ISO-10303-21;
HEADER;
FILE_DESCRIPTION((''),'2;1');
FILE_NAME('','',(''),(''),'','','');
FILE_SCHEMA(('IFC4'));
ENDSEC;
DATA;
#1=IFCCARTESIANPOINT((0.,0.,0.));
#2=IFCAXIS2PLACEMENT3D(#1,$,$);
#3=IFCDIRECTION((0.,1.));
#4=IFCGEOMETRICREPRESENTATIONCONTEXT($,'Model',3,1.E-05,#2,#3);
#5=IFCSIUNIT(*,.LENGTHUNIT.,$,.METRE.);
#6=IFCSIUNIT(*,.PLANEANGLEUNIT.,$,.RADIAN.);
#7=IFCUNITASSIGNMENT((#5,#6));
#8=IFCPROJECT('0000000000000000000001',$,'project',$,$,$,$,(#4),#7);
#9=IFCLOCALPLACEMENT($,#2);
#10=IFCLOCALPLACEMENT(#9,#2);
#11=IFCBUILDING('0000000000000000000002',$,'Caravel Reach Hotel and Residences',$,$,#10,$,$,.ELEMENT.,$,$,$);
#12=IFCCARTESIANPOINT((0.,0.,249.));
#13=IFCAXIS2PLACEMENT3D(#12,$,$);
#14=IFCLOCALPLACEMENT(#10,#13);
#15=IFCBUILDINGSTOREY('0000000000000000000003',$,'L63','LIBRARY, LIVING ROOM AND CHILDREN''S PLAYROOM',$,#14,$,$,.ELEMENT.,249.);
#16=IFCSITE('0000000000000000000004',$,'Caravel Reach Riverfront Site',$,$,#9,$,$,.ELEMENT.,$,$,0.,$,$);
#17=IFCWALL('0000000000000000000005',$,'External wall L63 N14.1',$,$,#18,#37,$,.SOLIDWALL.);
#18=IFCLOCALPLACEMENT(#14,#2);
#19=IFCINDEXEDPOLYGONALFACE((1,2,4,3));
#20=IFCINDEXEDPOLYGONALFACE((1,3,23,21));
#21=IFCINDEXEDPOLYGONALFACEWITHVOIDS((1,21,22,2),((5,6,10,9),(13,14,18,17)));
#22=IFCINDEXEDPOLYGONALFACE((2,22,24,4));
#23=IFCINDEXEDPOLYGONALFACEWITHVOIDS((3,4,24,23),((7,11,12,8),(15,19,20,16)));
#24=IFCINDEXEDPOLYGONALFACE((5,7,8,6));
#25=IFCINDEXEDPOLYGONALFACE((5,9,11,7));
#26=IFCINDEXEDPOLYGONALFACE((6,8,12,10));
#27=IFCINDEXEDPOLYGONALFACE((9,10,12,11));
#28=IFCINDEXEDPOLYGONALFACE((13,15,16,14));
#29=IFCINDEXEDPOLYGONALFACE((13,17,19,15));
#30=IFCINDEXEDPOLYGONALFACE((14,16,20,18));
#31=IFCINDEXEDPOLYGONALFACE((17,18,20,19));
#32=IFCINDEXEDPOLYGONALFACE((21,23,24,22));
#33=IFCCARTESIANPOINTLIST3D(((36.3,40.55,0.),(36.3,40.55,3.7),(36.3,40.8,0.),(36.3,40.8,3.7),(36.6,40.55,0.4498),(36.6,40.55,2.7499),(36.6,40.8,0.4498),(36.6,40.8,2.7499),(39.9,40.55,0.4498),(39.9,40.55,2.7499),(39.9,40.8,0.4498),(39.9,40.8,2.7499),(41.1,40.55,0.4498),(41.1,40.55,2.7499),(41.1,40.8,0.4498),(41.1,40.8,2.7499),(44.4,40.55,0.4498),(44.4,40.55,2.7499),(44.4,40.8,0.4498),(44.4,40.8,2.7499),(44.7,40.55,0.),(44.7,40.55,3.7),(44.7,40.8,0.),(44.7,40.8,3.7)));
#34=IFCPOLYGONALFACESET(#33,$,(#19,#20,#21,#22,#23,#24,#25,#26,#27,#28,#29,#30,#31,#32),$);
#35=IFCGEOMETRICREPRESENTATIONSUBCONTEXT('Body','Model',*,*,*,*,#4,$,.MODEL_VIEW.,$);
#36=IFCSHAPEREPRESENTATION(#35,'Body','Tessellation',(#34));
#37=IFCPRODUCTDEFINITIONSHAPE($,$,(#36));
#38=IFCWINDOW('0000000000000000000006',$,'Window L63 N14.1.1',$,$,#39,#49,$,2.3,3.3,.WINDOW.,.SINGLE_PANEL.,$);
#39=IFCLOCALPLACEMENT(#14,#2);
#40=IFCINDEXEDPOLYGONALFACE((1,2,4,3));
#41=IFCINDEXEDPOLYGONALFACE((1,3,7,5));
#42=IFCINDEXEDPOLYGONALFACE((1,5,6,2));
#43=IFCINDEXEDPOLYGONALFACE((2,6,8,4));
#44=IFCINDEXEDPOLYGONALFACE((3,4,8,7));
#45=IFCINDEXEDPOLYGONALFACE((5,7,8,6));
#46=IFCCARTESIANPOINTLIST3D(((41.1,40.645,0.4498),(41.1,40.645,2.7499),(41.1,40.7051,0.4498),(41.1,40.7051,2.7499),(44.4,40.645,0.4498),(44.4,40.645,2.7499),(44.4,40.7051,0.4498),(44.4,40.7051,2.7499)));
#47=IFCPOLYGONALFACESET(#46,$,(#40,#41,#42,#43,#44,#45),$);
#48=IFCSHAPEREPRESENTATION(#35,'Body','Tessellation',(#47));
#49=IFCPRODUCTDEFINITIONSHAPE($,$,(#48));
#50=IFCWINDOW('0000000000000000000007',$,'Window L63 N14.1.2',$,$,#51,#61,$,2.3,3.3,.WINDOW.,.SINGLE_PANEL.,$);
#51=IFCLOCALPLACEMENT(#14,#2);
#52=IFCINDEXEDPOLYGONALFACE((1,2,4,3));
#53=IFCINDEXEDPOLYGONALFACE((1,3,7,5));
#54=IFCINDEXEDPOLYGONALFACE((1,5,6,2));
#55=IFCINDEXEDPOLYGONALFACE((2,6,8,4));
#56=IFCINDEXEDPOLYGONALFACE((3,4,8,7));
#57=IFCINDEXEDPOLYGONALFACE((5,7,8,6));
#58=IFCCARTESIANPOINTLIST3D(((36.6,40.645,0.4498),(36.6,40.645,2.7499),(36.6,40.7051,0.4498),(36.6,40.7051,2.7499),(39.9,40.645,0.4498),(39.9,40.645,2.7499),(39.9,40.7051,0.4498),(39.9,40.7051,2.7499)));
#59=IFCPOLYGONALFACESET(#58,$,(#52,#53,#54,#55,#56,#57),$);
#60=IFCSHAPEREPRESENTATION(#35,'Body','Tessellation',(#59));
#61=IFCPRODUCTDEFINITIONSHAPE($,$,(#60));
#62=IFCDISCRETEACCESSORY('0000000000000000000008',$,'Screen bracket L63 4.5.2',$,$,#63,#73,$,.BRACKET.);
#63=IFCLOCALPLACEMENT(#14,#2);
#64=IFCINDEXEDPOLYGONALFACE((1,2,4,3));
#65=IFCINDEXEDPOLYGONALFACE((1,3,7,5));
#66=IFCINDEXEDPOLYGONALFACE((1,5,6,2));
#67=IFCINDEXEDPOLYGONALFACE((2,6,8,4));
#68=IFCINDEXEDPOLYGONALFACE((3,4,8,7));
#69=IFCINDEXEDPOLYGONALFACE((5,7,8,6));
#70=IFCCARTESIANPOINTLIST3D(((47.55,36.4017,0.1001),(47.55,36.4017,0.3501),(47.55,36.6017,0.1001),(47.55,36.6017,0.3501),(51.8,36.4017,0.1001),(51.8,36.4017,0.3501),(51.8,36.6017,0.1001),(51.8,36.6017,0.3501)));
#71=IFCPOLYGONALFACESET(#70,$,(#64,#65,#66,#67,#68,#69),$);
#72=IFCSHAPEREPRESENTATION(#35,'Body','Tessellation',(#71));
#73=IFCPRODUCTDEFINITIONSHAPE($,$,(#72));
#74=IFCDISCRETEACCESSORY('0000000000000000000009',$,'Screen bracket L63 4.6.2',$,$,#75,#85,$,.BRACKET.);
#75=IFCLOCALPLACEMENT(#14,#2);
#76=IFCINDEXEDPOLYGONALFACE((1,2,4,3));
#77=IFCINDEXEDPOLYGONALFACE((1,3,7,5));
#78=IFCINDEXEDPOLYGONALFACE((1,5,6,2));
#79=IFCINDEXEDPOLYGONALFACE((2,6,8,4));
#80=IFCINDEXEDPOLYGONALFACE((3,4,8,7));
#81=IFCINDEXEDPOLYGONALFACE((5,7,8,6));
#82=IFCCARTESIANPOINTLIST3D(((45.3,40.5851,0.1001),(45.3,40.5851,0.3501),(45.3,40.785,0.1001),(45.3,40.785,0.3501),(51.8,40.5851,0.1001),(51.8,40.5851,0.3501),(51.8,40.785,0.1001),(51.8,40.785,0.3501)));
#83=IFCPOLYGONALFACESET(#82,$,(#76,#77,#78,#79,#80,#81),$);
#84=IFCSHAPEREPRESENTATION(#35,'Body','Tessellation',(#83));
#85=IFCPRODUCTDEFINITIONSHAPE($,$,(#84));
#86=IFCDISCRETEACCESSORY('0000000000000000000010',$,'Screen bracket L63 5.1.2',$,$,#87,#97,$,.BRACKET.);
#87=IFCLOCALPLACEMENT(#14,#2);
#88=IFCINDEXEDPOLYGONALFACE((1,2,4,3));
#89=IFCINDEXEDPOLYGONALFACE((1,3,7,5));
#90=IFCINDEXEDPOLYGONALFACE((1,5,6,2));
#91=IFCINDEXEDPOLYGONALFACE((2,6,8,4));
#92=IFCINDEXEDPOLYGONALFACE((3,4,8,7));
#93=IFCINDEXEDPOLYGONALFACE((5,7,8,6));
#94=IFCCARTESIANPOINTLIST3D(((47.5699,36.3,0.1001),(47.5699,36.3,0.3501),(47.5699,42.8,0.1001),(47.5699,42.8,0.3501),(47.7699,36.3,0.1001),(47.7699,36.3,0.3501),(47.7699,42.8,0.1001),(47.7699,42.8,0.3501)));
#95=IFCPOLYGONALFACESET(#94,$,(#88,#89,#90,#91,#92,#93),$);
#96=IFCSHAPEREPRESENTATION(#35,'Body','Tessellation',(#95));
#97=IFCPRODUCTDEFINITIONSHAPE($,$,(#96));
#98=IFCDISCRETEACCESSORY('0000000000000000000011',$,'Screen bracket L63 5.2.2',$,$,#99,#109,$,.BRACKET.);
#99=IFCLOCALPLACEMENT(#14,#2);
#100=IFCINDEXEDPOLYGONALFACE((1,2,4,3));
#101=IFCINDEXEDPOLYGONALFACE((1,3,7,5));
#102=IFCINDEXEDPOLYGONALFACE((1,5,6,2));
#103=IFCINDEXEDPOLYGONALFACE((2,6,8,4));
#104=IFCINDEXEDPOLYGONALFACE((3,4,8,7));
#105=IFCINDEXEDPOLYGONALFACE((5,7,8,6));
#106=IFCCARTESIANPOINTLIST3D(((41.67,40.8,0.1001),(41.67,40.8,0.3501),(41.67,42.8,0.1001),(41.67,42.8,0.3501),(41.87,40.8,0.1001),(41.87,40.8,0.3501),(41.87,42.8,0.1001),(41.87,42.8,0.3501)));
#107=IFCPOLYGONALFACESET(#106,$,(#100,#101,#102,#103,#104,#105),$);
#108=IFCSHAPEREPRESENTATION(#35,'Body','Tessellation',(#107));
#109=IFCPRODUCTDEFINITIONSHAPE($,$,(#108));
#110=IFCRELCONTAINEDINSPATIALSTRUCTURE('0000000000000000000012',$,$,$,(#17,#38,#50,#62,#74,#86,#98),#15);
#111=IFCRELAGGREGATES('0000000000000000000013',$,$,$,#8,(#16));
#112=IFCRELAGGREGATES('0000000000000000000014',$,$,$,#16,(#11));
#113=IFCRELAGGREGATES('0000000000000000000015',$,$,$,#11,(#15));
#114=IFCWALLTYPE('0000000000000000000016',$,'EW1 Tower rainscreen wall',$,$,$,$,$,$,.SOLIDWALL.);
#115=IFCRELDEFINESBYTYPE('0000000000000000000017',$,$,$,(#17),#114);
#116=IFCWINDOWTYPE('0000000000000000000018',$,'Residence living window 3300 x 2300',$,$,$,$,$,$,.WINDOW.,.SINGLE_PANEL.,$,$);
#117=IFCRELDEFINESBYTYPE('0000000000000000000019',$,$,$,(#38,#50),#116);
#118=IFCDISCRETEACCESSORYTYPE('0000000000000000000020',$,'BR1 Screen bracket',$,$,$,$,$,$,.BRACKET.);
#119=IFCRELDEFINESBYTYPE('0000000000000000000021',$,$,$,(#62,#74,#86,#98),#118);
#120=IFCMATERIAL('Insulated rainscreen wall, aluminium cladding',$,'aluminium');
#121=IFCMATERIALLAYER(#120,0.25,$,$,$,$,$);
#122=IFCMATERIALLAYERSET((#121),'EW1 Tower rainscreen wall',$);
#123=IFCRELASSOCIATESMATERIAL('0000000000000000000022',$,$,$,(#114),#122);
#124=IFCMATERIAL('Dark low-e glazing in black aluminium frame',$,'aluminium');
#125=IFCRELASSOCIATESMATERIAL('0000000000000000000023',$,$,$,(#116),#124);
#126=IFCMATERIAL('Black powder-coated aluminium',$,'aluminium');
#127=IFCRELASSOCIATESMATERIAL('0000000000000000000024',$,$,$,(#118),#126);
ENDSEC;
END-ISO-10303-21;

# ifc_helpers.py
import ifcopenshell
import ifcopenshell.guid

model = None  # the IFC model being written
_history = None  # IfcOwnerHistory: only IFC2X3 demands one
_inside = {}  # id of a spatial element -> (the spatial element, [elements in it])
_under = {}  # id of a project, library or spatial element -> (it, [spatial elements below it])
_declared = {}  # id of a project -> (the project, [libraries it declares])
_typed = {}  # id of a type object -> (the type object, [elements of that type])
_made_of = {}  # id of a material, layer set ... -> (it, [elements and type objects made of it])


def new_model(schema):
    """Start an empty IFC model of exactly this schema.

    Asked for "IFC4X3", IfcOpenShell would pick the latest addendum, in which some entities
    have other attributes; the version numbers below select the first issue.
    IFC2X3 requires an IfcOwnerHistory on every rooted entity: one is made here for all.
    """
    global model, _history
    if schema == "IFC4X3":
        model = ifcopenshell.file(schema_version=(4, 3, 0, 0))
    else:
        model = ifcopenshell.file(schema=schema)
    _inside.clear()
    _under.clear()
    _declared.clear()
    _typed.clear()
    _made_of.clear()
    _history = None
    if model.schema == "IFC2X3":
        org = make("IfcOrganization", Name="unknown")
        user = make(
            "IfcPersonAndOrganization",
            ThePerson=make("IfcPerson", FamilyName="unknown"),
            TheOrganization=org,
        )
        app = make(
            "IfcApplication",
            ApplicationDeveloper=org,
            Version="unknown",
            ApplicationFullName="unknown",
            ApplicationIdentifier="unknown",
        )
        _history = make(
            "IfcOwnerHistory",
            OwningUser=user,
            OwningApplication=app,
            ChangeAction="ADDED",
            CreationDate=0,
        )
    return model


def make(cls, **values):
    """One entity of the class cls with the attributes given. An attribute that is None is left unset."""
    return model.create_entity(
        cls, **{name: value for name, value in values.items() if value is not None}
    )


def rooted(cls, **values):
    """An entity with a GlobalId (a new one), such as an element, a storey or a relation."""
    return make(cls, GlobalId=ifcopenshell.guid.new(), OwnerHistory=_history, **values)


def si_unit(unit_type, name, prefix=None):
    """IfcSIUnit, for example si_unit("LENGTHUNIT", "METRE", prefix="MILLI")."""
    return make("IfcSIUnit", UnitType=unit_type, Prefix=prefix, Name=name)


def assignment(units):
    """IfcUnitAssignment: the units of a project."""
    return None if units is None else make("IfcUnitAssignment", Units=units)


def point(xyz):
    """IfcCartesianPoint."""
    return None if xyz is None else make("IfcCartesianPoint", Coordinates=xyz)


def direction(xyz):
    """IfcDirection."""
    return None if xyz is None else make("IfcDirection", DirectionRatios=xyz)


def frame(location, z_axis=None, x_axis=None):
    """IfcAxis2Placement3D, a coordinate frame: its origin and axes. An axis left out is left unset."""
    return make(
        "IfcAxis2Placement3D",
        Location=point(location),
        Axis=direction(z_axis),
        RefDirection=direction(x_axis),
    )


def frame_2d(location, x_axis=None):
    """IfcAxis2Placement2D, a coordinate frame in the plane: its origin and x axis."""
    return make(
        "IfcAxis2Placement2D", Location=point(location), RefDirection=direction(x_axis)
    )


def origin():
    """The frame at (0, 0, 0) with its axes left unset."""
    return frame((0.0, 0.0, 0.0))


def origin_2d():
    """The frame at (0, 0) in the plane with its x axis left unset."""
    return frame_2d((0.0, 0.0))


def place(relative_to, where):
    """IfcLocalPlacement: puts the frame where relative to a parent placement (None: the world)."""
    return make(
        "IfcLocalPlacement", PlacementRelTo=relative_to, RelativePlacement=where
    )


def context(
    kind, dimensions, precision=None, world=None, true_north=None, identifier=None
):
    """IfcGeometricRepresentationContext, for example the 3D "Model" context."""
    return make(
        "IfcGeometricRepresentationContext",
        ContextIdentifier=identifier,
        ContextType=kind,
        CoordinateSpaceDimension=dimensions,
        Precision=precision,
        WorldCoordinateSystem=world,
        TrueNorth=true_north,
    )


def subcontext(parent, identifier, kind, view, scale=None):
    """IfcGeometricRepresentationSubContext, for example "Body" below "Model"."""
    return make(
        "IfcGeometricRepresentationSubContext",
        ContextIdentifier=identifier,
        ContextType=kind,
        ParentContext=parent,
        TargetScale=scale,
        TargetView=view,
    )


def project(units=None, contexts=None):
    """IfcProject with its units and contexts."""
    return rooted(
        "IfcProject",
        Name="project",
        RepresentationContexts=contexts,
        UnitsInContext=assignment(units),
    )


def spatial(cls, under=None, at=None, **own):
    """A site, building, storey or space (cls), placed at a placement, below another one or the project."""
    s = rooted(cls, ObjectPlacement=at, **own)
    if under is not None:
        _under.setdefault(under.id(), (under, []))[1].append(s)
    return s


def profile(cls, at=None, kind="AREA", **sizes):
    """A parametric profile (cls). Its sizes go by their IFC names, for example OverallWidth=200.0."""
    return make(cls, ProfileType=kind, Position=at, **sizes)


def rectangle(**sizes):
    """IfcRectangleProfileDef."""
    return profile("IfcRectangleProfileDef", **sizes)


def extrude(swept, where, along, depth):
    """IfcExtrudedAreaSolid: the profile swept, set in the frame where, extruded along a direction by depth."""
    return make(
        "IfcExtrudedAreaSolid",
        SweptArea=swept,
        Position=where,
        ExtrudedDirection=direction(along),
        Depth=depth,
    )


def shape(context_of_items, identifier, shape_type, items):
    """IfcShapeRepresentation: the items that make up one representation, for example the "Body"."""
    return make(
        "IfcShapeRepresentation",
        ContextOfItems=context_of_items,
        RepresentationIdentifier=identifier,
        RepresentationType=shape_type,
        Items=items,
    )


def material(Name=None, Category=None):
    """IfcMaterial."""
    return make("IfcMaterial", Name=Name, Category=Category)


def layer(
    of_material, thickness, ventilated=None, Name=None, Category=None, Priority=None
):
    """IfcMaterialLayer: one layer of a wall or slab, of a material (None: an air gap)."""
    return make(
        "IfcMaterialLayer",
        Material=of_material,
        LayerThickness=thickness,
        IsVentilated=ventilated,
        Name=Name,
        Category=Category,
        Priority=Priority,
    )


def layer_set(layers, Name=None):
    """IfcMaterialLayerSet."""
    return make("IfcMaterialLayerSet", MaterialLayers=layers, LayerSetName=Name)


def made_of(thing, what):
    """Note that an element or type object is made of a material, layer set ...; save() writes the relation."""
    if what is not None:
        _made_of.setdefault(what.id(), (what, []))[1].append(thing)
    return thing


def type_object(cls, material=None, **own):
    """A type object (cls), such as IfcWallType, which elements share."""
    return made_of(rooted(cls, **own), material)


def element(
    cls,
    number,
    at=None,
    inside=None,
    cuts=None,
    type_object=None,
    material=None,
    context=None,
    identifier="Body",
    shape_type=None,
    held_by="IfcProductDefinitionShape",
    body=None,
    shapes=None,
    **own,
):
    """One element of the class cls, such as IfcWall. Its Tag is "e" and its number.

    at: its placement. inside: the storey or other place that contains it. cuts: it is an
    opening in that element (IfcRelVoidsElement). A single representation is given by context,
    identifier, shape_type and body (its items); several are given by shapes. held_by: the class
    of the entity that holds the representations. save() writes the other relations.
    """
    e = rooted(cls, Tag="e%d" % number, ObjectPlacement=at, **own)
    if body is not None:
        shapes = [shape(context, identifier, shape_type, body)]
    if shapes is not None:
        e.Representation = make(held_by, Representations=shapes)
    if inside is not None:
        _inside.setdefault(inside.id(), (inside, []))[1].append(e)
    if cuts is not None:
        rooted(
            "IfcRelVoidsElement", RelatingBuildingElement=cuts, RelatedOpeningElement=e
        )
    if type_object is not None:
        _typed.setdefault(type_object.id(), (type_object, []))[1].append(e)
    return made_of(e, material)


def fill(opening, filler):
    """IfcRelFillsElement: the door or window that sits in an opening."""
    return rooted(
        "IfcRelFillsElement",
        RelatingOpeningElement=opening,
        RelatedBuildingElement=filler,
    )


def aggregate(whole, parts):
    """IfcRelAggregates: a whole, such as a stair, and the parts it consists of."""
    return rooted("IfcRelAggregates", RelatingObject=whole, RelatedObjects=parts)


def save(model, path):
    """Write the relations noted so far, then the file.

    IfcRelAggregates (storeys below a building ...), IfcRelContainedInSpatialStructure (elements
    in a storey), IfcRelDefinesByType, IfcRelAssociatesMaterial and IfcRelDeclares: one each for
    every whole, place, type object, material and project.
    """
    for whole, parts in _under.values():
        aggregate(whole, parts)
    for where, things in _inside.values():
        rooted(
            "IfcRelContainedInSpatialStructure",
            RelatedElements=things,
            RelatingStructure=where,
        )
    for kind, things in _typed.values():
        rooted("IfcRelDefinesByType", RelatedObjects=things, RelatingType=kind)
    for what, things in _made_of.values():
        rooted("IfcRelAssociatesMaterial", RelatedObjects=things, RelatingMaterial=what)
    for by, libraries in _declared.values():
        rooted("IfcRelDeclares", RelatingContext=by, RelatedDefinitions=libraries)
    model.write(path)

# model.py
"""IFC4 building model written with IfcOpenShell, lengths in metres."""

from ifc_helpers import new_model, si_unit, direction, frame, frame_2d, origin, origin_2d, place, context, subcontext, project, spatial, rectangle, extrude, material, layer, layer_set, type_object, element, fill, save


model = new_model("IFC4")

# Units and contexts
model_context = context("Model", 3, precision=1e-05, world=origin(), true_north=direction((0.0, 1.0)))
body_context = subcontext(model_context, "Body", "Model", "MODEL_VIEW")
ifc_project = project(units=[si_unit("LENGTHUNIT", "METRE"), si_unit("PLANEANGLEUNIT", "RADIAN")], contexts=[model_context])

# Site, building, storey
site_placement = place(None, origin())
site = spatial("IfcSite", under=ifc_project, at=site_placement, Name="Caravel Reach Riverfront Site", CompositionType="ELEMENT", RefElevation=0.0)
building_placement = place(site_placement, origin())
building = spatial("IfcBuilding", under=site, at=building_placement, Name="Caravel Reach Hotel and Residences", CompositionType="ELEMENT")
storey_placement = place(building_placement, frame((0.0, 0.0, 249.0)))
storey = spatial("IfcBuildingStorey", under=building, at=storey_placement, Name="L63", Description="LIBRARY, LIVING ROOM AND CHILDREN'S PLAYROOM", CompositionType="ELEMENT", Elevation=249.0)

# Shared definitions
ifc_material_1 = material(Name="Insulated rainscreen wall, aluminium cladding", Category="aluminium")
ifc_layer = layer(ifc_material_1, 0.25)
ifc_layer_set = layer_set([ifc_layer], Name="EW1 Tower rainscreen wall")
wall_type = type_object("IfcWallType", Name="EW1 Tower rainscreen wall", PredefinedType="SOLIDWALL", material=ifc_layer_set)

# Wall, openings, windows
wall_1_placement = place(storey_placement, frame((44.7, 40.675, 0.0), z_axis=(0.0, 0.0, 1.0), x_axis=(-1.0, 0.0, 0.0)))
wall_1 = element("IfcWall", 1, at=wall_1_placement, inside=storey, type_object=wall_type, Name="External wall L63 N14.1", PredefinedType="SOLIDWALL", context=body_context, shape_type="SweptSolid", body=[
    extrude(rectangle(XDim=8.3999, YDim=0.25, at=frame_2d((4.2, 0.0))), origin(), (0.0, 0.0, 1.0), 3.7),
])
opening_1_placement = place(wall_1_placement, frame((0.3, 0.0, 0.45)))
opening_1 = element("IfcOpeningElement", 2, at=opening_1_placement, cuts=wall_1, PredefinedType="OPENING", context=body_context, shape_type="SweptSolid", body=[
    extrude(rectangle(XDim=3.3, YDim=2.3, at=frame_2d((1.6499, 1.1499))), frame((0.0, 0.135, 0.0), z_axis=(0.0, -1.0, 0.0), x_axis=(1.0, 0.0, 0.0)), (0.0, 0.0, 1.0), 0.27),
])
opening_2_placement = place(wall_1_placement, frame((4.8, 0.0, 0.45)))
opening_2 = element("IfcOpeningElement", 3, at=opening_2_placement, cuts=wall_1, PredefinedType="OPENING", context=body_context, shape_type="SweptSolid", body=[
    extrude(rectangle(XDim=3.3, YDim=2.3, at=frame_2d((1.6499, 1.1499))), frame((0.0, 0.135, 0.0), z_axis=(0.0, -1.0, 0.0), x_axis=(1.0, 0.0, 0.0)), (0.0, 0.0, 1.0), 0.27),
])
ifc_material_2 = material(Name="Dark low-e glazing in black aluminium frame", Category="aluminium")
window_type_1 = type_object("IfcWindowType", Name="Residence living window 3300 x 2300", PartitioningType="SINGLE_PANEL", PredefinedType="WINDOW", material=ifc_material_2)
window_1_placement = place(opening_1_placement, origin())
window_1 = element("IfcWindow", 4, at=window_1_placement, inside=storey, type_object=window_type_1, Name="Window L63 N14.1.1", OverallHeight=2.3, OverallWidth=3.3, PartitioningType="SINGLE_PANEL", PredefinedType="WINDOW", context=body_context, shape_type="SweptSolid", body=[
    extrude(rectangle(XDim=3.3, YDim=2.3, at=frame_2d((1.6499, 1.1499))), frame((0.0, 0.03, 0.0), z_axis=(0.0, -1.0, 0.0), x_axis=(1.0, 0.0, 0.0)), (0.0, 0.0, 1.0), 0.0601),
])
fill(opening_1, window_1)
window_2_placement = place(opening_2_placement, origin())
window_2 = element("IfcWindow", 5, at=window_2_placement, inside=storey, type_object=window_type_1, Name="Window L63 N14.1.2", OverallHeight=2.3, OverallWidth=3.3, PartitioningType="SINGLE_PANEL", PredefinedType="WINDOW", context=body_context, shape_type="SweptSolid", body=[
    extrude(rectangle(XDim=3.3, YDim=2.3, at=frame_2d((1.6499, 1.1499))), frame((0.0, 0.03, 0.0), z_axis=(0.0, -1.0, 0.0), x_axis=(1.0, 0.0, 0.0)), (0.0, 0.0, 1.0), 0.0601),
])
fill(opening_2, window_2)

# Discrete accessories
ifc_material_3 = material(Name="Black powder-coated aluminium", Category="aluminium")
discrete_accessory_type = type_object("IfcDiscreteAccessoryType", Name="BR1 Screen bracket", PredefinedType="BRACKET", material=ifc_material_3)
discrete_accessory_1_placement = place(storey_placement, frame((49.675, 36.5017, 0.1001), z_axis=(0.0, 0.0, 1.0), x_axis=(1.0, 0.0, 0.0)))
element("IfcDiscreteAccessory", 6, at=discrete_accessory_1_placement, inside=storey, type_object=discrete_accessory_type, Name="Screen bracket L63 4.5.2", PredefinedType="BRACKET", context=body_context, shape_type="SweptSolid", body=[
    extrude(rectangle(XDim=4.25, YDim=0.2, at=origin_2d()), origin(), (0.0, 0.0, 1.0), 0.25),
])
for number, where, z_axis, x_axis, name in (
    (7, (48.55, 40.6851, 0.1001), (0.0, 0.0, 1.0), (1.0, 0.0, 0.0), "Screen bracket L63 4.6.2"),
    (8, (47.6699, 39.55, 0.1001), (0.0, 0.0, 1.0), (0.0, 1.0, 0.0), "Screen bracket L63 5.1.2"),
):
    element("IfcDiscreteAccessory", number, at=place(storey_placement, frame(where, z_axis=z_axis, x_axis=x_axis)), inside=storey, type_object=discrete_accessory_type, Name=name, PredefinedType="BRACKET", context=body_context, shape_type="SweptSolid", body=[
        extrude(rectangle(XDim=6.5, YDim=0.2, at=origin_2d()), origin(), (0.0, 0.0, 1.0), 0.25),
    ])
discrete_accessory_2_placement = place(storey_placement, frame((41.77, 41.8, 0.1001), z_axis=(0.0, 0.0, 1.0), x_axis=(0.0, 1.0, 0.0)))
element("IfcDiscreteAccessory", 9, at=discrete_accessory_2_placement, inside=storey, type_object=discrete_accessory_type, Name="Screen bracket L63 5.2.2", PredefinedType="BRACKET", context=body_context, shape_type="SweptSolid", body=[
    extrude(rectangle(XDim=2.0, YDim=0.2, at=origin_2d()), origin(), (0.0, 0.0, 1.0), 0.25),
])

save(model, "model.ifc")
